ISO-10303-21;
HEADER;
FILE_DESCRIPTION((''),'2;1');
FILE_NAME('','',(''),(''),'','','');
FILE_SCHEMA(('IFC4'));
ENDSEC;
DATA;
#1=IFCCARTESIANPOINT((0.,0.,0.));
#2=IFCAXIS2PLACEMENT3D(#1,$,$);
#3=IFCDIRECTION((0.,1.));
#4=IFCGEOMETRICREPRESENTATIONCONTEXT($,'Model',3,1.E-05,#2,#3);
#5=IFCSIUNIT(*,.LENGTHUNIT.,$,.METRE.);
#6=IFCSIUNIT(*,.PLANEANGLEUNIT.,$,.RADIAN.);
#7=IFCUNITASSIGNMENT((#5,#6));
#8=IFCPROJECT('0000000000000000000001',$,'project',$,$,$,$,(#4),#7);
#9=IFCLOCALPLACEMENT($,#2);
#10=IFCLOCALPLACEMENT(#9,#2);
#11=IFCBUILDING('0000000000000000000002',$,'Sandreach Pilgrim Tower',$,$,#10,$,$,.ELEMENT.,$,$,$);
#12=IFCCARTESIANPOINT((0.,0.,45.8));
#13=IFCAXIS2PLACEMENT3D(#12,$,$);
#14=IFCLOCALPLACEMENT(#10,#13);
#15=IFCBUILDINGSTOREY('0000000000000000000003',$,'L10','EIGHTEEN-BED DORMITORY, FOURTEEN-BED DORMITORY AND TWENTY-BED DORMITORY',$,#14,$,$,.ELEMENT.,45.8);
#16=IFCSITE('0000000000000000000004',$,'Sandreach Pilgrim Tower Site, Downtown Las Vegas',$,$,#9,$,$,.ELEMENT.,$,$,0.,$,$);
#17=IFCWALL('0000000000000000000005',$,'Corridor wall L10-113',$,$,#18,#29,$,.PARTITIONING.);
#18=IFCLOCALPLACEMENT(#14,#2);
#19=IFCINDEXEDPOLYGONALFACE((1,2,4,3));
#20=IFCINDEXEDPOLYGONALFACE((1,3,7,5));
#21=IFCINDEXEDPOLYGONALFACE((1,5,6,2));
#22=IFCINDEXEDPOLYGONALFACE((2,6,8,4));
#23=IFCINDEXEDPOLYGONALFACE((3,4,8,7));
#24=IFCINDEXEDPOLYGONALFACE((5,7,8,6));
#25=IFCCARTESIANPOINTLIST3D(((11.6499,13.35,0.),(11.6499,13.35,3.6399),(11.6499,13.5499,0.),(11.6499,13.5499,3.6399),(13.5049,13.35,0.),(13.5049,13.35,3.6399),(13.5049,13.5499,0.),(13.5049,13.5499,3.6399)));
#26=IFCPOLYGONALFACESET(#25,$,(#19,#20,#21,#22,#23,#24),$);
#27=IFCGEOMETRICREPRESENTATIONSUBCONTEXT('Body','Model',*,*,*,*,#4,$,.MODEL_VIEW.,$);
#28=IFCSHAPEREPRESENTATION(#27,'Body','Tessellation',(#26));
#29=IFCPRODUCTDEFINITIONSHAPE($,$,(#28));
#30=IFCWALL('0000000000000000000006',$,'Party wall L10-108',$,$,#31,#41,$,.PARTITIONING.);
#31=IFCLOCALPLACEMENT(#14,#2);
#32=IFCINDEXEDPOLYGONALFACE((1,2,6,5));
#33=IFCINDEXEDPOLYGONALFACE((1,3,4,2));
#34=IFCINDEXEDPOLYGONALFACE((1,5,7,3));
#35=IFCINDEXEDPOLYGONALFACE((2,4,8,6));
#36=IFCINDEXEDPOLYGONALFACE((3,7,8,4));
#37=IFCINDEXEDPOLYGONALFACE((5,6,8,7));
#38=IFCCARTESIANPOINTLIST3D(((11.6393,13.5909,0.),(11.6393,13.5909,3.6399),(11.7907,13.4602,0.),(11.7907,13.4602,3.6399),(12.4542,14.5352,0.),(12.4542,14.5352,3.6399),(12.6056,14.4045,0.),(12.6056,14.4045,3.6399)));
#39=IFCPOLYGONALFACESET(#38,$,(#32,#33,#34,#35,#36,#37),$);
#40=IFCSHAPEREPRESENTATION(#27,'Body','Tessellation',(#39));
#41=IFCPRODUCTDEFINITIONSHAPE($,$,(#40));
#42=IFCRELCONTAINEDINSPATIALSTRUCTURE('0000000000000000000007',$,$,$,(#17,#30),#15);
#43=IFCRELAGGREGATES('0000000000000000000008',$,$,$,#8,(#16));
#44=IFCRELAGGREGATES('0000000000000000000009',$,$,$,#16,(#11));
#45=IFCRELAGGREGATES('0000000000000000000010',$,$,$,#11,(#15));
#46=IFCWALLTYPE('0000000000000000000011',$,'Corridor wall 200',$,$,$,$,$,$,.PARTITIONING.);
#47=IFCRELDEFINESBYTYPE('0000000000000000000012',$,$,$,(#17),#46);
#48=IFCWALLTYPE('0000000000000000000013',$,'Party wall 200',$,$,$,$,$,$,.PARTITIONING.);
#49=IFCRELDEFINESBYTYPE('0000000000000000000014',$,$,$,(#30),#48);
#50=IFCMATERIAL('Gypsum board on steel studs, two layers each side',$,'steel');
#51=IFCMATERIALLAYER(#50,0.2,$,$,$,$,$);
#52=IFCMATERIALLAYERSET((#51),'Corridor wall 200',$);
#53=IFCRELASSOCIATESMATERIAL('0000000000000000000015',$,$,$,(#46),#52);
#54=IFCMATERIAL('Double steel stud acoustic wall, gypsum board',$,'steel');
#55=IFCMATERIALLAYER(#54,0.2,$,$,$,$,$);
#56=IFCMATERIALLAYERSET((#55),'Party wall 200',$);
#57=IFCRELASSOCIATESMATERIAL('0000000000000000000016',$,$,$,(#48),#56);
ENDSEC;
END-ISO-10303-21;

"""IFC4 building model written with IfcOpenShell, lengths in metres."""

from ifc_helpers import new_model, si_unit, direction, frame, frame_2d, origin, place, context, subcontext, project, spatial, rectangle, extrude, material, layer, layer_set, type_object, element, save


model = new_model("IFC4")

# Units and contexts
model_context = context("Model", 3, precision=1e-05, world=origin(), true_north=direction((0.0, 1.0)))
body_context = subcontext(model_context, "Body", "Model", "MODEL_VIEW")
ifc_project = project(units=[si_unit("LENGTHUNIT", "METRE"), si_unit("PLANEANGLEUNIT", "RADIAN")], contexts=[model_context])

# Site, building, storey
site_placement = place(None, origin())
site = spatial("IfcSite", under=ifc_project, at=site_placement, Name="Sandreach Pilgrim Tower Site, Downtown Las Vegas", CompositionType="ELEMENT", RefElevation=0.0)
building_placement = place(site_placement, origin())
building = spatial("IfcBuilding", under=site, at=building_placement, Name="Sandreach Pilgrim Tower", CompositionType="ELEMENT")
storey_placement = place(building_placement, frame((0.0, 0.0, 45.8)))
storey = spatial("IfcBuildingStorey", under=building, at=storey_placement, Name="L10", Description="EIGHTEEN-BED DORMITORY, FOURTEEN-BED DORMITORY AND TWENTY-BED DORMITORY", CompositionType="ELEMENT", Elevation=45.8)

# Shared definitions
ifc_material_1 = material(Name="Gypsum board on steel studs, two layers each side", Category="steel")
ifc_layer_1 = layer(ifc_material_1, 0.2)
ifc_layer_set_1 = layer_set([ifc_layer_1], Name="Corridor wall 200")
wall_type_1 = type_object("IfcWallType", Name="Corridor wall 200", PredefinedType="PARTITIONING", material=ifc_layer_set_1)

# Walls
wall_1_placement = place(storey_placement, frame((13.5049, 13.45, 0.0), z_axis=(0.0, 0.0, 1.0), x_axis=(-1.0, 0.0, 0.0)))
element("IfcWall", 1, at=wall_1_placement, inside=storey, type_object=wall_type_1, Name="Corridor wall L10-113", PredefinedType="PARTITIONING", context=body_context, shape_type="SweptSolid", body=[
    extrude(rectangle(XDim=1.855, YDim=0.2, at=frame_2d((0.9275, 0.0))), origin(), (0.0, 0.0, 1.0), 3.6399),
])
ifc_material_2 = material(Name="Double steel stud acoustic wall, gypsum board", Category="steel")
ifc_layer_2 = layer(ifc_material_2, 0.2)
ifc_layer_set_2 = layer_set([ifc_layer_2], Name="Party wall 200")
wall_type_2 = type_object("IfcWallType", Name="Party wall 200", PredefinedType="PARTITIONING", material=ifc_layer_set_2)
wall_2_placement = place(storey_placement, frame((11.7151, 13.5256, 0.0), z_axis=(0.0, 0.0, 1.0), x_axis=(0.653334, 0.757069, 0.0)))
element("IfcWall", 2, at=wall_2_placement, inside=storey, type_object=wall_type_2, Name="Party wall L10-108", PredefinedType="PARTITIONING", context=body_context, shape_type="SweptSolid", body=[
    extrude(rectangle(XDim=1.2473, YDim=0.2, at=frame_2d((0.6235, 0.0))), origin(), (0.0, 0.0, 1.0), 3.6399),
])

save(model, "model.ifc")
